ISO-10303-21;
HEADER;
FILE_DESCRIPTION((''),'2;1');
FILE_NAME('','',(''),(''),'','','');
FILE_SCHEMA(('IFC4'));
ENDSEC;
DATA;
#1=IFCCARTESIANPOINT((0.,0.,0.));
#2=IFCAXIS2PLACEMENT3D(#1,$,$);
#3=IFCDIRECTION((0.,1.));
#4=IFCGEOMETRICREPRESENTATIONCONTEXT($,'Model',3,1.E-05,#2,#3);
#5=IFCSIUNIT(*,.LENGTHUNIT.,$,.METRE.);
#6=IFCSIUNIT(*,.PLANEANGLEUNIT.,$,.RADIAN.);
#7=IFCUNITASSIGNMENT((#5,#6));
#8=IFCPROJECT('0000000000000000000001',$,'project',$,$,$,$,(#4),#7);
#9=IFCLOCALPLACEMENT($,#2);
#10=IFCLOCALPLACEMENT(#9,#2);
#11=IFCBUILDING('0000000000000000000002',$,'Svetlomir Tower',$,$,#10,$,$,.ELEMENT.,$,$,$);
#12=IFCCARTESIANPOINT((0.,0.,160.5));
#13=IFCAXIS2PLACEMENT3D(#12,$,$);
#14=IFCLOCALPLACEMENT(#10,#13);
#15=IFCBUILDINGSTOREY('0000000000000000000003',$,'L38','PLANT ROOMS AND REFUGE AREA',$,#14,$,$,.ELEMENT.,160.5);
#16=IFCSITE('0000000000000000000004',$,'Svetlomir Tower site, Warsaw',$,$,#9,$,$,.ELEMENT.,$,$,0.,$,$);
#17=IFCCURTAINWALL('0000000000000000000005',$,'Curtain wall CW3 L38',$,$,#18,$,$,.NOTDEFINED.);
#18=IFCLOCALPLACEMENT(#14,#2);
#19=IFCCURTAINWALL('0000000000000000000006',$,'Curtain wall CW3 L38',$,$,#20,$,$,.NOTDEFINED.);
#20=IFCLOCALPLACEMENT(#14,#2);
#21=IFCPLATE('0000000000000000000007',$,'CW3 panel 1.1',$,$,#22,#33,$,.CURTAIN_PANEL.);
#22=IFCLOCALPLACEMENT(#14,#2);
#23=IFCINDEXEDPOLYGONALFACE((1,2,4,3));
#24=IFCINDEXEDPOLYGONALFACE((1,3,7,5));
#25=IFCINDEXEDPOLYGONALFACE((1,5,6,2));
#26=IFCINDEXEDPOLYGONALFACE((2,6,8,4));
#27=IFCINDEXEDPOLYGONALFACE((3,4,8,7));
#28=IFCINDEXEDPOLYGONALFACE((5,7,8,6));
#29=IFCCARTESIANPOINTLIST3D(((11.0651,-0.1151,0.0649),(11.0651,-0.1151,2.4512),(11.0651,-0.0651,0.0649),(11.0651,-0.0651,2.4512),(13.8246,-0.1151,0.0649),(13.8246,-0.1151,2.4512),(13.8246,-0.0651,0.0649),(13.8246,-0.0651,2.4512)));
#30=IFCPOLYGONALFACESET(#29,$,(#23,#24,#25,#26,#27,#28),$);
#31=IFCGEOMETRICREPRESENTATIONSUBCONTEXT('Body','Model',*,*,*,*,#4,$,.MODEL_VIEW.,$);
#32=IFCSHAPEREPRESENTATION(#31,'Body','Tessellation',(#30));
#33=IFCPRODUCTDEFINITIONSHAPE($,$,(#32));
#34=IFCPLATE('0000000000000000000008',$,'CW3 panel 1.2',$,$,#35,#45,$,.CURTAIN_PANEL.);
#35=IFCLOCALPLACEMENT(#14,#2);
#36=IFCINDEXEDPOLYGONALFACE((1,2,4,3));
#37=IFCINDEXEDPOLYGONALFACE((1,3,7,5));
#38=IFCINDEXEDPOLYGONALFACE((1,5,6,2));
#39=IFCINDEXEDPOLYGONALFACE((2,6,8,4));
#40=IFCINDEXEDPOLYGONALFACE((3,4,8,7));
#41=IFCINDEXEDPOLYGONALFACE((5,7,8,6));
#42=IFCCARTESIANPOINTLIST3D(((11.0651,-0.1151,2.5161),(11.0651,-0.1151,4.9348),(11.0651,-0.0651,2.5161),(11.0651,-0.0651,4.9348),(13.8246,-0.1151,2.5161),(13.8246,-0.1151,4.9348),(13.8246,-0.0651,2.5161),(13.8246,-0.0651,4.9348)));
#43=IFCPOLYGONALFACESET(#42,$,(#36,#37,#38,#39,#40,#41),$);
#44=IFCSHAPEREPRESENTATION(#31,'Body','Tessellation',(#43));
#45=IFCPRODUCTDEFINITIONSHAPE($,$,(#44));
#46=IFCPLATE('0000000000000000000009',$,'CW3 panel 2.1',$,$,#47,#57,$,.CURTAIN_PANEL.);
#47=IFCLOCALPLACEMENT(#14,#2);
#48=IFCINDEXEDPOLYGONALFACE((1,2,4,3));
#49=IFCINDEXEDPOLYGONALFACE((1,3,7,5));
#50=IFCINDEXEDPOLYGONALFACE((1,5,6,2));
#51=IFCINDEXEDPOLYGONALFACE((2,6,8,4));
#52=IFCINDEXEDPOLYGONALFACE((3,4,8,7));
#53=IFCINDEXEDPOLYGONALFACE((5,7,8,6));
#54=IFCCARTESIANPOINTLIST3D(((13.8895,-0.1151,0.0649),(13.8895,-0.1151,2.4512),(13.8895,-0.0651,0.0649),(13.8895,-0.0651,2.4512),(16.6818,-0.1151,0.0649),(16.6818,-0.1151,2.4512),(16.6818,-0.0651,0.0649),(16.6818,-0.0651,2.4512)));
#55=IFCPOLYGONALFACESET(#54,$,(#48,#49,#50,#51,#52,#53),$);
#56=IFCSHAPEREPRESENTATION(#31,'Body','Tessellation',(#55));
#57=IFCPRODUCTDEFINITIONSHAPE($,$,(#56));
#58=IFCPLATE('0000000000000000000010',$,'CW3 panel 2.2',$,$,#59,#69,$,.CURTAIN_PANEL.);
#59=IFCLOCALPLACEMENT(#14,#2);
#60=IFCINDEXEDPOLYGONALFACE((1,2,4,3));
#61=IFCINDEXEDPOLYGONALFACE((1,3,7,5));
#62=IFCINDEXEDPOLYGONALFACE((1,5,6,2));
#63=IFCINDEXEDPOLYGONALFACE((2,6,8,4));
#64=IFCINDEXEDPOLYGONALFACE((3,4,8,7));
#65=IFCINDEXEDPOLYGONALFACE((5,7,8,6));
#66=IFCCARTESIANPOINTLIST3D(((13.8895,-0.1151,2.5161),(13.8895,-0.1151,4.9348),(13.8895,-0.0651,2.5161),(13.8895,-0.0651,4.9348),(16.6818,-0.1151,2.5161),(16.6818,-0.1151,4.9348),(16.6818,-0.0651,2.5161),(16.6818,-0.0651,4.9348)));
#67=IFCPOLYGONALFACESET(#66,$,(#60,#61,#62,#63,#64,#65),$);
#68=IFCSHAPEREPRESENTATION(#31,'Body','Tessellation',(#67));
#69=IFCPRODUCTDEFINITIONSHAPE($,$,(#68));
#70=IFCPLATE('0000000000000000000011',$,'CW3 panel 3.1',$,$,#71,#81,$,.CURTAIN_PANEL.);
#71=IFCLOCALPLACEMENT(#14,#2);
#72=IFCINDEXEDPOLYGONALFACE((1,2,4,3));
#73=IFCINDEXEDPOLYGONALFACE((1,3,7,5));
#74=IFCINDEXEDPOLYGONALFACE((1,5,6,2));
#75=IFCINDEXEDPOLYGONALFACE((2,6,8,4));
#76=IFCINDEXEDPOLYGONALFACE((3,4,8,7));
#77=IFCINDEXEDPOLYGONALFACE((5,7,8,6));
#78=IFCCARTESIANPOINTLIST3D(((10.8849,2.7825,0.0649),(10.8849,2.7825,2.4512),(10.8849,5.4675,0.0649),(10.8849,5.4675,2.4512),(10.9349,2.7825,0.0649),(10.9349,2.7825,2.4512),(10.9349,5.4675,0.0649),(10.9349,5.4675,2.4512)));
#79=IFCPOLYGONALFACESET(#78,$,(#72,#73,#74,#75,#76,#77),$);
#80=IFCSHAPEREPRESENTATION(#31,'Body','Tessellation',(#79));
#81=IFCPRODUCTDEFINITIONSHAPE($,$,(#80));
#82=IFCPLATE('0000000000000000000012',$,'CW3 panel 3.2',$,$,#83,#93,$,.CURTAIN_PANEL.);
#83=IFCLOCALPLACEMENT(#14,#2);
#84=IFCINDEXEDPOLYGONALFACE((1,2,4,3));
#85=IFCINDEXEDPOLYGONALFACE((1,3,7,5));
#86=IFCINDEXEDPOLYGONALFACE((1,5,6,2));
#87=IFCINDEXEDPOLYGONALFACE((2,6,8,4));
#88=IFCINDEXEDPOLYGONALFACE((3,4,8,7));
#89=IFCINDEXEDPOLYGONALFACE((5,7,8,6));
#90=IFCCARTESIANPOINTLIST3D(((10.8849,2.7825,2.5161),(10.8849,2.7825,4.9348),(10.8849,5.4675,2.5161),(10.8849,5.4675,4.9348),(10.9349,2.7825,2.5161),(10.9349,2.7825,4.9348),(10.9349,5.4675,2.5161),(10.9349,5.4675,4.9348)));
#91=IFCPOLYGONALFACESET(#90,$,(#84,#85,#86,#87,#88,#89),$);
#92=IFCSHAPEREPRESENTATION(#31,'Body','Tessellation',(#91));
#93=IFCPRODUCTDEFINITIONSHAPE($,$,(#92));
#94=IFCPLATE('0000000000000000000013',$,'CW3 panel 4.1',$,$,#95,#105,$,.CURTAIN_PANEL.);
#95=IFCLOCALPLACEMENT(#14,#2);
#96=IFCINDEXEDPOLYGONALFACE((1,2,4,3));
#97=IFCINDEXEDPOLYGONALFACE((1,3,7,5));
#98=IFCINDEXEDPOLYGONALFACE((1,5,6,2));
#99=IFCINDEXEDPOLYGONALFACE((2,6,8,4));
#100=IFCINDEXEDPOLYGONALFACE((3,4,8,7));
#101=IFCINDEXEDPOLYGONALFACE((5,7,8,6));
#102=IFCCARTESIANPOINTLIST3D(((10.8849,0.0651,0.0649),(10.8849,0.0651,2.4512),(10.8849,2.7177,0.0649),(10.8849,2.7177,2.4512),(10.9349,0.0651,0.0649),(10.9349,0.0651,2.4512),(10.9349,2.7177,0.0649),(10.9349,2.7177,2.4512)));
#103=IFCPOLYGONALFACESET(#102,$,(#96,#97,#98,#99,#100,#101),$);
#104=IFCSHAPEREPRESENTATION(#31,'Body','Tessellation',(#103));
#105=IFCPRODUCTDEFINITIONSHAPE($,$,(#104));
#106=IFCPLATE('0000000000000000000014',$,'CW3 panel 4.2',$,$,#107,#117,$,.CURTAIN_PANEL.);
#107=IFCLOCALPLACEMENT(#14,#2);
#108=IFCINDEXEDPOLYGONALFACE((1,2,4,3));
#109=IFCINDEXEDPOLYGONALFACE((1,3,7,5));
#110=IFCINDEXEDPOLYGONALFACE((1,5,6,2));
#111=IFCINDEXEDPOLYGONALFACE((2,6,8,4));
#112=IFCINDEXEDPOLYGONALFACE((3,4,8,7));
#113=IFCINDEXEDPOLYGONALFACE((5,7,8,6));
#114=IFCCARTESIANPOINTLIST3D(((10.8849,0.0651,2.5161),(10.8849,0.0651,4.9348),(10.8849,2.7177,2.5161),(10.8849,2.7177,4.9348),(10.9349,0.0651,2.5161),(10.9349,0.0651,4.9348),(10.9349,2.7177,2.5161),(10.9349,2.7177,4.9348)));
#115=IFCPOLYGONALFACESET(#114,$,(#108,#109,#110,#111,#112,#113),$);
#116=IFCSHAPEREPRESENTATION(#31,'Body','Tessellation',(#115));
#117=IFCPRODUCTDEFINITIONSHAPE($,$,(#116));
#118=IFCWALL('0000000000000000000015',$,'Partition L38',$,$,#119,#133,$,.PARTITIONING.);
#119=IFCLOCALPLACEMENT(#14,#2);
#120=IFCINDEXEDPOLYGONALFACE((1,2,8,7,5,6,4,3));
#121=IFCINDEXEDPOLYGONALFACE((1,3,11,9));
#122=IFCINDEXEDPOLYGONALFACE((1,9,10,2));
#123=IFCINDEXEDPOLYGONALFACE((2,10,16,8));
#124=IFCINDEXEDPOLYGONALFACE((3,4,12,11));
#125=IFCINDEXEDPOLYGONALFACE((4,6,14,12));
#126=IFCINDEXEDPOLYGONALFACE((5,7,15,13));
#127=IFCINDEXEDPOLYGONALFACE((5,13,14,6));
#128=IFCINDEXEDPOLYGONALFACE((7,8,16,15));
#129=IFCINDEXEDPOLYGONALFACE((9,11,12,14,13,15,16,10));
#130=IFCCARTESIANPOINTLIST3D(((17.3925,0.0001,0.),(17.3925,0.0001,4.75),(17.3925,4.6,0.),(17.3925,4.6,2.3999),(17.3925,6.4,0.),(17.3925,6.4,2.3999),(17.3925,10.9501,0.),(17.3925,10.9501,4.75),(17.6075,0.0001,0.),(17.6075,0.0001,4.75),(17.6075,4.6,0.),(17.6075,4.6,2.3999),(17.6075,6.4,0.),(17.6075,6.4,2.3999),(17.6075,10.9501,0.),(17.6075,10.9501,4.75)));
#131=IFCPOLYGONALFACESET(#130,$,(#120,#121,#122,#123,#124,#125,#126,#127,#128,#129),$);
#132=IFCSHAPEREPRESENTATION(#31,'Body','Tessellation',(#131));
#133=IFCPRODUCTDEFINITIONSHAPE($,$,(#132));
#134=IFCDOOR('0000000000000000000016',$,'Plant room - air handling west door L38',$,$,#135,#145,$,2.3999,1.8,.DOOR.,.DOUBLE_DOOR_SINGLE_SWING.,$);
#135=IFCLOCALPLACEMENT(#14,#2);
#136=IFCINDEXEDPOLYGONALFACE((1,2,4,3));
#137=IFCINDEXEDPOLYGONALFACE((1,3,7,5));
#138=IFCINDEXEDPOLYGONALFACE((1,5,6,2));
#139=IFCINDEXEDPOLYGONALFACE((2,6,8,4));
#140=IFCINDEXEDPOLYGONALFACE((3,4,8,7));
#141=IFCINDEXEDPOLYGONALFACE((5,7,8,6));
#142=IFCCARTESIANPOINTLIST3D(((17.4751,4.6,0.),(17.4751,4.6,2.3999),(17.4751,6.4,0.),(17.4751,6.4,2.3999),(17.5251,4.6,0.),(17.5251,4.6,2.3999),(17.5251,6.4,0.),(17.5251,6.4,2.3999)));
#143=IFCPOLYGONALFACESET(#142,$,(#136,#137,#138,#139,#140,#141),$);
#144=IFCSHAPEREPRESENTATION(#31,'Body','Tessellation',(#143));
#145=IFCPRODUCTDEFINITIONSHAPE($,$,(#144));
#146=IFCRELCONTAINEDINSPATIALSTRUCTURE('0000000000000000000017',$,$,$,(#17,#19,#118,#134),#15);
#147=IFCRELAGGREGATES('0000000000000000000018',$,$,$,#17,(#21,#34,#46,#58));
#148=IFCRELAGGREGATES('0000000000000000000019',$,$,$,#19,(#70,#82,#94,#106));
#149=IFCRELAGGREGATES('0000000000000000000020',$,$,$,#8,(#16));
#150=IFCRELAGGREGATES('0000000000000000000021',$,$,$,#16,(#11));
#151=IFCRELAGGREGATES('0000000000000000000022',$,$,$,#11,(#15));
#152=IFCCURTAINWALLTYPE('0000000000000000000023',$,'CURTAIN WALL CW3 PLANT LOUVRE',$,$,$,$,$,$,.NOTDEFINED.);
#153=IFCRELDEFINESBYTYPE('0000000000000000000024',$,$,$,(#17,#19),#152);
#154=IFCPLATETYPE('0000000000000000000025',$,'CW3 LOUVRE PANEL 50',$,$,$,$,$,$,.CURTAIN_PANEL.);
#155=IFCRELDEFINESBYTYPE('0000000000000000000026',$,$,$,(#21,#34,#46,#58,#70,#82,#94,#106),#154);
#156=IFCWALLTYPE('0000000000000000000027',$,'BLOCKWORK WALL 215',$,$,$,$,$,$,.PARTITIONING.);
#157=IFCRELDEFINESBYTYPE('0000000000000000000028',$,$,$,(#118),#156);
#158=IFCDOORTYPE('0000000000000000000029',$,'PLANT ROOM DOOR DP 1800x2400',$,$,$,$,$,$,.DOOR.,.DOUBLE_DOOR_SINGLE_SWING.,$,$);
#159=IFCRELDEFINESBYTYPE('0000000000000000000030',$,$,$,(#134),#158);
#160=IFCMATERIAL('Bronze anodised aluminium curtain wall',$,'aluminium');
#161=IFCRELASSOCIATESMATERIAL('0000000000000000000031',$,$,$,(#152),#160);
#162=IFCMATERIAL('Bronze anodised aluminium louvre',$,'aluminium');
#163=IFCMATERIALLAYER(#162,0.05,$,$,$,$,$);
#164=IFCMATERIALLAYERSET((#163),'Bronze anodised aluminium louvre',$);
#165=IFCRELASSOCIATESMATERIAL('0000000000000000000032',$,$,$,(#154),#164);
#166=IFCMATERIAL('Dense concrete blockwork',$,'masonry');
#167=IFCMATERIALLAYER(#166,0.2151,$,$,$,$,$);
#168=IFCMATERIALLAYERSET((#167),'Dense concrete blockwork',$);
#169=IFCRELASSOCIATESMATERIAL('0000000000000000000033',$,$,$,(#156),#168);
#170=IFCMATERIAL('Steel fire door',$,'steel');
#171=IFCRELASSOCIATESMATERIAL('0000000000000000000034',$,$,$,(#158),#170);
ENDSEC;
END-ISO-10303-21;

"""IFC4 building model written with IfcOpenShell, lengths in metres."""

from ifc_helpers import new_model, si_unit, direction, frame, frame_2d, origin, origin_2d, place, context, subcontext, project, spatial, rectangle, extrude, material, layer, layer_set, type_object, element, fill, aggregate, save


model = new_model("IFC4")

# Units and contexts
model_context = context("Model", 3, precision=1e-05, world=origin(), true_north=direction((0.0, 1.0)))
body_context = subcontext(model_context, "Body", "Model", "MODEL_VIEW")
ifc_project = project(units=[si_unit("LENGTHUNIT", "METRE"), si_unit("PLANEANGLEUNIT", "RADIAN")], contexts=[model_context])

# Site, building, storey
site_placement = place(None, origin())
site = spatial("IfcSite", under=ifc_project, at=site_placement, Name="Svetlomir Tower site, Warsaw", CompositionType="ELEMENT", RefElevation=0.0)
building_placement = place(site_placement, origin())
building = spatial("IfcBuilding", under=site, at=building_placement, Name="Svetlomir Tower", CompositionType="ELEMENT")
storey_placement = place(building_placement, frame((0.0, 0.0, 160.5)))
storey = spatial("IfcBuildingStorey", under=building, at=storey_placement, Name="L38", Description="PLANT ROOMS AND REFUGE AREA", CompositionType="ELEMENT", Elevation=160.5)

# Curtain walls
ifc_material_1 = material(Name="Bronze anodised aluminium curtain wall", Category="aluminium")
curtain_wall_type = type_object("IfcCurtainWallType", Name="CURTAIN WALL CW3 PLANT LOUVRE", PredefinedType="NOTDEFINED", material=ifc_material_1)
curtain_wall_1_placement = place(storey_placement, origin())
curtain_wall_1 = element("IfcCurtainWall", 1, at=curtain_wall_1_placement, inside=storey, type_object=curtain_wall_type, Name="Curtain wall CW3 L38", PredefinedType="NOTDEFINED")
curtain_wall_2_placement = place(storey_placement, origin())
curtain_wall_2 = element("IfcCurtainWall", 2, at=curtain_wall_2_placement, inside=storey, type_object=curtain_wall_type, Name="Curtain wall CW3 L38", PredefinedType="NOTDEFINED")

# Plates
ifc_material_2 = material(Name="Bronze anodised aluminium louvre", Category="aluminium")
ifc_layer_1 = layer(ifc_material_2, 0.05)
ifc_layer_set_1 = layer_set([ifc_layer_1], Name="Bronze anodised aluminium louvre")
plate_type = type_object("IfcPlateType", Name="CW3 LOUVRE PANEL 50", PredefinedType="CURTAIN_PANEL", material=ifc_layer_set_1)
plate_1_placement = place(storey_placement, frame((12.4448, -0.0901, 0.0649), z_axis=(0.0, 0.0, 1.0), x_axis=(1.0, 0.0, 0.0)))
plate_1 = element("IfcPlate", 3, at=plate_1_placement, type_object=plate_type, Name="CW3 panel 1.1", PredefinedType="CURTAIN_PANEL", context=body_context, shape_type="SweptSolid", body=[
    extrude(rectangle(XDim=2.7595, YDim=0.05, at=origin_2d()), origin(), (0.0, 0.0, 1.0), 2.3862),
])
plate_2_placement = place(storey_placement, frame((12.4448, -0.0901, 2.5161), z_axis=(0.0, 0.0, 1.0), x_axis=(1.0, 0.0, 0.0)))
plate_2 = element("IfcPlate", 4, at=plate_2_placement, type_object=plate_type, Name="CW3 panel 1.2", PredefinedType="CURTAIN_PANEL", context=body_context, shape_type="SweptSolid", body=[
    extrude(rectangle(XDim=2.7595, YDim=0.05, at=origin_2d()), origin(), (0.0, 0.0, 1.0), 2.4187),
])
plate_3_placement = place(storey_placement, frame((15.2856, -0.0901, 0.0649), z_axis=(0.0, 0.0, 1.0), x_axis=(1.0, 0.0, 0.0)))
plate_3 = element("IfcPlate", 5, at=plate_3_placement, type_object=plate_type, Name="CW3 panel 2.1", PredefinedType="CURTAIN_PANEL", context=body_context, shape_type="SweptSolid", body=[
    extrude(rectangle(XDim=2.7922, YDim=0.05, at=origin_2d()), origin(), (0.0, 0.0, 1.0), 2.3862),
])
plate_4_placement = place(storey_placement, frame((15.2856, -0.0901, 2.5161), z_axis=(0.0, 0.0, 1.0), x_axis=(1.0, 0.0, 0.0)))
plate_4 = element("IfcPlate", 6, at=plate_4_placement, type_object=plate_type, Name="CW3 panel 2.2", PredefinedType="CURTAIN_PANEL", context=body_context, shape_type="SweptSolid", body=[
    extrude(rectangle(XDim=2.7922, YDim=0.05, at=origin_2d()), origin(), (0.0, 0.0, 1.0), 2.4187),
])
aggregate(curtain_wall_1, [plate_1, plate_2, plate_3, plate_4])
plate_5_placement = place(storey_placement, frame((10.9099, 4.125, 0.0649), z_axis=(0.0, 0.0, 1.0), x_axis=(0.0, -1.0, 0.0)))
plate_5 = element("IfcPlate", 7, at=plate_5_placement, type_object=plate_type, Name="CW3 panel 3.1", PredefinedType="CURTAIN_PANEL", context=body_context, shape_type="SweptSolid", body=[
    extrude(rectangle(XDim=2.6851, YDim=0.05, at=origin_2d()), origin(), (0.0, 0.0, 1.0), 2.3862),
])
plate_6_placement = place(storey_placement, frame((10.9099, 4.125, 2.5161), z_axis=(0.0, 0.0, 1.0), x_axis=(0.0, -1.0, 0.0)))
plate_6 = element("IfcPlate", 8, at=plate_6_placement, type_object=plate_type, Name="CW3 panel 3.2", PredefinedType="CURTAIN_PANEL", context=body_context, shape_type="SweptSolid", body=[
    extrude(rectangle(XDim=2.6851, YDim=0.05, at=origin_2d()), origin(), (0.0, 0.0, 1.0), 2.4187),
])
plate_7_placement = place(storey_placement, frame((10.9099, 1.3914, 0.0649), z_axis=(0.0, 0.0, 1.0), x_axis=(0.0, -1.0, 0.0)))
plate_7 = element("IfcPlate", 9, at=plate_7_placement, type_object=plate_type, Name="CW3 panel 4.1", PredefinedType="CURTAIN_PANEL", context=body_context, shape_type="SweptSolid", body=[
    extrude(rectangle(XDim=2.6526, YDim=0.05, at=origin_2d()), origin(), (0.0, 0.0, 1.0), 2.3862),
])
plate_8_placement = place(storey_placement, frame((10.9099, 1.3914, 2.5161), z_axis=(0.0, 0.0, 1.0), x_axis=(0.0, -1.0, 0.0)))
plate_8 = element("IfcPlate", 10, at=plate_8_placement, type_object=plate_type, Name="CW3 panel 4.2", PredefinedType="CURTAIN_PANEL", context=body_context, shape_type="SweptSolid", body=[
    extrude(rectangle(XDim=2.6526, YDim=0.05, at=origin_2d()), origin(), (0.0, 0.0, 1.0), 2.4187),
])
aggregate(curtain_wall_2, [plate_5, plate_6, plate_7, plate_8])

# Wall, opening, door
ifc_material_3 = material(Name="Dense concrete blockwork", Category="masonry")
ifc_layer_2 = layer(ifc_material_3, 0.2151)
ifc_layer_set_2 = layer_set([ifc_layer_2], Name="Dense concrete blockwork")
wall_type = type_object("IfcWallType", Name="BLOCKWORK WALL 215", PredefinedType="PARTITIONING", material=ifc_layer_set_2)
wall_placement = place(storey_placement, frame((17.5, 0.0, 0.0), z_axis=(0.0, 0.0, 1.0), x_axis=(0.0, 1.0, 0.0)))
wall = element("IfcWall", 11, at=wall_placement, inside=storey, type_object=wall_type, Name="Partition L38", PredefinedType="PARTITIONING", context=body_context, shape_type="SweptSolid", body=[
    extrude(rectangle(XDim=10.95, YDim=0.2151, at=frame_2d((5.4751, 0.0))), origin(), (0.0, 0.0, 1.0), 4.75),
])
opening_placement = place(wall_placement, frame((4.6001, 0.0, 0.0)))
opening = element("IfcOpeningElement", 12, at=opening_placement, cuts=wall, PredefinedType="OPENING", context=body_context, shape_type="SweptSolid", body=[
    extrude(rectangle(XDim=1.8, YDim=2.3999, at=frame_2d((0.8999, 1.2))), frame((0.0, 0.1177, 0.0), z_axis=(0.0, -1.0, 0.0), x_axis=(1.0, 0.0, 0.0)), (0.0, 0.0, 1.0), 0.2351),
])
ifc_material_4 = material(Name="Steel fire door", Category="steel")
door_type = type_object("IfcDoorType", Name="PLANT ROOM DOOR DP 1800x2400", OperationType="DOUBLE_DOOR_SINGLE_SWING", PredefinedType="DOOR", material=ifc_material_4)
door_placement = place(opening_placement, origin())
door = element("IfcDoor", 13, at=door_placement, inside=storey, type_object=door_type, Name="Plant room - air handling west door L38", OperationType="DOUBLE_DOOR_SINGLE_SWING", OverallHeight=2.3999, OverallWidth=1.8, PredefinedType="DOOR", context=body_context, shape_type="SweptSolid", body=[
    extrude(rectangle(XDim=1.8, YDim=2.3999, at=frame_2d((0.8999, 1.2))), frame((0.0, 0.0249, 0.0), z_axis=(0.0, -1.0, 0.0), x_axis=(1.0, 0.0, 0.0)), (0.0, 0.0, 1.0), 0.05),
])
fill(opening, door)

save(model, "model.ifc")
